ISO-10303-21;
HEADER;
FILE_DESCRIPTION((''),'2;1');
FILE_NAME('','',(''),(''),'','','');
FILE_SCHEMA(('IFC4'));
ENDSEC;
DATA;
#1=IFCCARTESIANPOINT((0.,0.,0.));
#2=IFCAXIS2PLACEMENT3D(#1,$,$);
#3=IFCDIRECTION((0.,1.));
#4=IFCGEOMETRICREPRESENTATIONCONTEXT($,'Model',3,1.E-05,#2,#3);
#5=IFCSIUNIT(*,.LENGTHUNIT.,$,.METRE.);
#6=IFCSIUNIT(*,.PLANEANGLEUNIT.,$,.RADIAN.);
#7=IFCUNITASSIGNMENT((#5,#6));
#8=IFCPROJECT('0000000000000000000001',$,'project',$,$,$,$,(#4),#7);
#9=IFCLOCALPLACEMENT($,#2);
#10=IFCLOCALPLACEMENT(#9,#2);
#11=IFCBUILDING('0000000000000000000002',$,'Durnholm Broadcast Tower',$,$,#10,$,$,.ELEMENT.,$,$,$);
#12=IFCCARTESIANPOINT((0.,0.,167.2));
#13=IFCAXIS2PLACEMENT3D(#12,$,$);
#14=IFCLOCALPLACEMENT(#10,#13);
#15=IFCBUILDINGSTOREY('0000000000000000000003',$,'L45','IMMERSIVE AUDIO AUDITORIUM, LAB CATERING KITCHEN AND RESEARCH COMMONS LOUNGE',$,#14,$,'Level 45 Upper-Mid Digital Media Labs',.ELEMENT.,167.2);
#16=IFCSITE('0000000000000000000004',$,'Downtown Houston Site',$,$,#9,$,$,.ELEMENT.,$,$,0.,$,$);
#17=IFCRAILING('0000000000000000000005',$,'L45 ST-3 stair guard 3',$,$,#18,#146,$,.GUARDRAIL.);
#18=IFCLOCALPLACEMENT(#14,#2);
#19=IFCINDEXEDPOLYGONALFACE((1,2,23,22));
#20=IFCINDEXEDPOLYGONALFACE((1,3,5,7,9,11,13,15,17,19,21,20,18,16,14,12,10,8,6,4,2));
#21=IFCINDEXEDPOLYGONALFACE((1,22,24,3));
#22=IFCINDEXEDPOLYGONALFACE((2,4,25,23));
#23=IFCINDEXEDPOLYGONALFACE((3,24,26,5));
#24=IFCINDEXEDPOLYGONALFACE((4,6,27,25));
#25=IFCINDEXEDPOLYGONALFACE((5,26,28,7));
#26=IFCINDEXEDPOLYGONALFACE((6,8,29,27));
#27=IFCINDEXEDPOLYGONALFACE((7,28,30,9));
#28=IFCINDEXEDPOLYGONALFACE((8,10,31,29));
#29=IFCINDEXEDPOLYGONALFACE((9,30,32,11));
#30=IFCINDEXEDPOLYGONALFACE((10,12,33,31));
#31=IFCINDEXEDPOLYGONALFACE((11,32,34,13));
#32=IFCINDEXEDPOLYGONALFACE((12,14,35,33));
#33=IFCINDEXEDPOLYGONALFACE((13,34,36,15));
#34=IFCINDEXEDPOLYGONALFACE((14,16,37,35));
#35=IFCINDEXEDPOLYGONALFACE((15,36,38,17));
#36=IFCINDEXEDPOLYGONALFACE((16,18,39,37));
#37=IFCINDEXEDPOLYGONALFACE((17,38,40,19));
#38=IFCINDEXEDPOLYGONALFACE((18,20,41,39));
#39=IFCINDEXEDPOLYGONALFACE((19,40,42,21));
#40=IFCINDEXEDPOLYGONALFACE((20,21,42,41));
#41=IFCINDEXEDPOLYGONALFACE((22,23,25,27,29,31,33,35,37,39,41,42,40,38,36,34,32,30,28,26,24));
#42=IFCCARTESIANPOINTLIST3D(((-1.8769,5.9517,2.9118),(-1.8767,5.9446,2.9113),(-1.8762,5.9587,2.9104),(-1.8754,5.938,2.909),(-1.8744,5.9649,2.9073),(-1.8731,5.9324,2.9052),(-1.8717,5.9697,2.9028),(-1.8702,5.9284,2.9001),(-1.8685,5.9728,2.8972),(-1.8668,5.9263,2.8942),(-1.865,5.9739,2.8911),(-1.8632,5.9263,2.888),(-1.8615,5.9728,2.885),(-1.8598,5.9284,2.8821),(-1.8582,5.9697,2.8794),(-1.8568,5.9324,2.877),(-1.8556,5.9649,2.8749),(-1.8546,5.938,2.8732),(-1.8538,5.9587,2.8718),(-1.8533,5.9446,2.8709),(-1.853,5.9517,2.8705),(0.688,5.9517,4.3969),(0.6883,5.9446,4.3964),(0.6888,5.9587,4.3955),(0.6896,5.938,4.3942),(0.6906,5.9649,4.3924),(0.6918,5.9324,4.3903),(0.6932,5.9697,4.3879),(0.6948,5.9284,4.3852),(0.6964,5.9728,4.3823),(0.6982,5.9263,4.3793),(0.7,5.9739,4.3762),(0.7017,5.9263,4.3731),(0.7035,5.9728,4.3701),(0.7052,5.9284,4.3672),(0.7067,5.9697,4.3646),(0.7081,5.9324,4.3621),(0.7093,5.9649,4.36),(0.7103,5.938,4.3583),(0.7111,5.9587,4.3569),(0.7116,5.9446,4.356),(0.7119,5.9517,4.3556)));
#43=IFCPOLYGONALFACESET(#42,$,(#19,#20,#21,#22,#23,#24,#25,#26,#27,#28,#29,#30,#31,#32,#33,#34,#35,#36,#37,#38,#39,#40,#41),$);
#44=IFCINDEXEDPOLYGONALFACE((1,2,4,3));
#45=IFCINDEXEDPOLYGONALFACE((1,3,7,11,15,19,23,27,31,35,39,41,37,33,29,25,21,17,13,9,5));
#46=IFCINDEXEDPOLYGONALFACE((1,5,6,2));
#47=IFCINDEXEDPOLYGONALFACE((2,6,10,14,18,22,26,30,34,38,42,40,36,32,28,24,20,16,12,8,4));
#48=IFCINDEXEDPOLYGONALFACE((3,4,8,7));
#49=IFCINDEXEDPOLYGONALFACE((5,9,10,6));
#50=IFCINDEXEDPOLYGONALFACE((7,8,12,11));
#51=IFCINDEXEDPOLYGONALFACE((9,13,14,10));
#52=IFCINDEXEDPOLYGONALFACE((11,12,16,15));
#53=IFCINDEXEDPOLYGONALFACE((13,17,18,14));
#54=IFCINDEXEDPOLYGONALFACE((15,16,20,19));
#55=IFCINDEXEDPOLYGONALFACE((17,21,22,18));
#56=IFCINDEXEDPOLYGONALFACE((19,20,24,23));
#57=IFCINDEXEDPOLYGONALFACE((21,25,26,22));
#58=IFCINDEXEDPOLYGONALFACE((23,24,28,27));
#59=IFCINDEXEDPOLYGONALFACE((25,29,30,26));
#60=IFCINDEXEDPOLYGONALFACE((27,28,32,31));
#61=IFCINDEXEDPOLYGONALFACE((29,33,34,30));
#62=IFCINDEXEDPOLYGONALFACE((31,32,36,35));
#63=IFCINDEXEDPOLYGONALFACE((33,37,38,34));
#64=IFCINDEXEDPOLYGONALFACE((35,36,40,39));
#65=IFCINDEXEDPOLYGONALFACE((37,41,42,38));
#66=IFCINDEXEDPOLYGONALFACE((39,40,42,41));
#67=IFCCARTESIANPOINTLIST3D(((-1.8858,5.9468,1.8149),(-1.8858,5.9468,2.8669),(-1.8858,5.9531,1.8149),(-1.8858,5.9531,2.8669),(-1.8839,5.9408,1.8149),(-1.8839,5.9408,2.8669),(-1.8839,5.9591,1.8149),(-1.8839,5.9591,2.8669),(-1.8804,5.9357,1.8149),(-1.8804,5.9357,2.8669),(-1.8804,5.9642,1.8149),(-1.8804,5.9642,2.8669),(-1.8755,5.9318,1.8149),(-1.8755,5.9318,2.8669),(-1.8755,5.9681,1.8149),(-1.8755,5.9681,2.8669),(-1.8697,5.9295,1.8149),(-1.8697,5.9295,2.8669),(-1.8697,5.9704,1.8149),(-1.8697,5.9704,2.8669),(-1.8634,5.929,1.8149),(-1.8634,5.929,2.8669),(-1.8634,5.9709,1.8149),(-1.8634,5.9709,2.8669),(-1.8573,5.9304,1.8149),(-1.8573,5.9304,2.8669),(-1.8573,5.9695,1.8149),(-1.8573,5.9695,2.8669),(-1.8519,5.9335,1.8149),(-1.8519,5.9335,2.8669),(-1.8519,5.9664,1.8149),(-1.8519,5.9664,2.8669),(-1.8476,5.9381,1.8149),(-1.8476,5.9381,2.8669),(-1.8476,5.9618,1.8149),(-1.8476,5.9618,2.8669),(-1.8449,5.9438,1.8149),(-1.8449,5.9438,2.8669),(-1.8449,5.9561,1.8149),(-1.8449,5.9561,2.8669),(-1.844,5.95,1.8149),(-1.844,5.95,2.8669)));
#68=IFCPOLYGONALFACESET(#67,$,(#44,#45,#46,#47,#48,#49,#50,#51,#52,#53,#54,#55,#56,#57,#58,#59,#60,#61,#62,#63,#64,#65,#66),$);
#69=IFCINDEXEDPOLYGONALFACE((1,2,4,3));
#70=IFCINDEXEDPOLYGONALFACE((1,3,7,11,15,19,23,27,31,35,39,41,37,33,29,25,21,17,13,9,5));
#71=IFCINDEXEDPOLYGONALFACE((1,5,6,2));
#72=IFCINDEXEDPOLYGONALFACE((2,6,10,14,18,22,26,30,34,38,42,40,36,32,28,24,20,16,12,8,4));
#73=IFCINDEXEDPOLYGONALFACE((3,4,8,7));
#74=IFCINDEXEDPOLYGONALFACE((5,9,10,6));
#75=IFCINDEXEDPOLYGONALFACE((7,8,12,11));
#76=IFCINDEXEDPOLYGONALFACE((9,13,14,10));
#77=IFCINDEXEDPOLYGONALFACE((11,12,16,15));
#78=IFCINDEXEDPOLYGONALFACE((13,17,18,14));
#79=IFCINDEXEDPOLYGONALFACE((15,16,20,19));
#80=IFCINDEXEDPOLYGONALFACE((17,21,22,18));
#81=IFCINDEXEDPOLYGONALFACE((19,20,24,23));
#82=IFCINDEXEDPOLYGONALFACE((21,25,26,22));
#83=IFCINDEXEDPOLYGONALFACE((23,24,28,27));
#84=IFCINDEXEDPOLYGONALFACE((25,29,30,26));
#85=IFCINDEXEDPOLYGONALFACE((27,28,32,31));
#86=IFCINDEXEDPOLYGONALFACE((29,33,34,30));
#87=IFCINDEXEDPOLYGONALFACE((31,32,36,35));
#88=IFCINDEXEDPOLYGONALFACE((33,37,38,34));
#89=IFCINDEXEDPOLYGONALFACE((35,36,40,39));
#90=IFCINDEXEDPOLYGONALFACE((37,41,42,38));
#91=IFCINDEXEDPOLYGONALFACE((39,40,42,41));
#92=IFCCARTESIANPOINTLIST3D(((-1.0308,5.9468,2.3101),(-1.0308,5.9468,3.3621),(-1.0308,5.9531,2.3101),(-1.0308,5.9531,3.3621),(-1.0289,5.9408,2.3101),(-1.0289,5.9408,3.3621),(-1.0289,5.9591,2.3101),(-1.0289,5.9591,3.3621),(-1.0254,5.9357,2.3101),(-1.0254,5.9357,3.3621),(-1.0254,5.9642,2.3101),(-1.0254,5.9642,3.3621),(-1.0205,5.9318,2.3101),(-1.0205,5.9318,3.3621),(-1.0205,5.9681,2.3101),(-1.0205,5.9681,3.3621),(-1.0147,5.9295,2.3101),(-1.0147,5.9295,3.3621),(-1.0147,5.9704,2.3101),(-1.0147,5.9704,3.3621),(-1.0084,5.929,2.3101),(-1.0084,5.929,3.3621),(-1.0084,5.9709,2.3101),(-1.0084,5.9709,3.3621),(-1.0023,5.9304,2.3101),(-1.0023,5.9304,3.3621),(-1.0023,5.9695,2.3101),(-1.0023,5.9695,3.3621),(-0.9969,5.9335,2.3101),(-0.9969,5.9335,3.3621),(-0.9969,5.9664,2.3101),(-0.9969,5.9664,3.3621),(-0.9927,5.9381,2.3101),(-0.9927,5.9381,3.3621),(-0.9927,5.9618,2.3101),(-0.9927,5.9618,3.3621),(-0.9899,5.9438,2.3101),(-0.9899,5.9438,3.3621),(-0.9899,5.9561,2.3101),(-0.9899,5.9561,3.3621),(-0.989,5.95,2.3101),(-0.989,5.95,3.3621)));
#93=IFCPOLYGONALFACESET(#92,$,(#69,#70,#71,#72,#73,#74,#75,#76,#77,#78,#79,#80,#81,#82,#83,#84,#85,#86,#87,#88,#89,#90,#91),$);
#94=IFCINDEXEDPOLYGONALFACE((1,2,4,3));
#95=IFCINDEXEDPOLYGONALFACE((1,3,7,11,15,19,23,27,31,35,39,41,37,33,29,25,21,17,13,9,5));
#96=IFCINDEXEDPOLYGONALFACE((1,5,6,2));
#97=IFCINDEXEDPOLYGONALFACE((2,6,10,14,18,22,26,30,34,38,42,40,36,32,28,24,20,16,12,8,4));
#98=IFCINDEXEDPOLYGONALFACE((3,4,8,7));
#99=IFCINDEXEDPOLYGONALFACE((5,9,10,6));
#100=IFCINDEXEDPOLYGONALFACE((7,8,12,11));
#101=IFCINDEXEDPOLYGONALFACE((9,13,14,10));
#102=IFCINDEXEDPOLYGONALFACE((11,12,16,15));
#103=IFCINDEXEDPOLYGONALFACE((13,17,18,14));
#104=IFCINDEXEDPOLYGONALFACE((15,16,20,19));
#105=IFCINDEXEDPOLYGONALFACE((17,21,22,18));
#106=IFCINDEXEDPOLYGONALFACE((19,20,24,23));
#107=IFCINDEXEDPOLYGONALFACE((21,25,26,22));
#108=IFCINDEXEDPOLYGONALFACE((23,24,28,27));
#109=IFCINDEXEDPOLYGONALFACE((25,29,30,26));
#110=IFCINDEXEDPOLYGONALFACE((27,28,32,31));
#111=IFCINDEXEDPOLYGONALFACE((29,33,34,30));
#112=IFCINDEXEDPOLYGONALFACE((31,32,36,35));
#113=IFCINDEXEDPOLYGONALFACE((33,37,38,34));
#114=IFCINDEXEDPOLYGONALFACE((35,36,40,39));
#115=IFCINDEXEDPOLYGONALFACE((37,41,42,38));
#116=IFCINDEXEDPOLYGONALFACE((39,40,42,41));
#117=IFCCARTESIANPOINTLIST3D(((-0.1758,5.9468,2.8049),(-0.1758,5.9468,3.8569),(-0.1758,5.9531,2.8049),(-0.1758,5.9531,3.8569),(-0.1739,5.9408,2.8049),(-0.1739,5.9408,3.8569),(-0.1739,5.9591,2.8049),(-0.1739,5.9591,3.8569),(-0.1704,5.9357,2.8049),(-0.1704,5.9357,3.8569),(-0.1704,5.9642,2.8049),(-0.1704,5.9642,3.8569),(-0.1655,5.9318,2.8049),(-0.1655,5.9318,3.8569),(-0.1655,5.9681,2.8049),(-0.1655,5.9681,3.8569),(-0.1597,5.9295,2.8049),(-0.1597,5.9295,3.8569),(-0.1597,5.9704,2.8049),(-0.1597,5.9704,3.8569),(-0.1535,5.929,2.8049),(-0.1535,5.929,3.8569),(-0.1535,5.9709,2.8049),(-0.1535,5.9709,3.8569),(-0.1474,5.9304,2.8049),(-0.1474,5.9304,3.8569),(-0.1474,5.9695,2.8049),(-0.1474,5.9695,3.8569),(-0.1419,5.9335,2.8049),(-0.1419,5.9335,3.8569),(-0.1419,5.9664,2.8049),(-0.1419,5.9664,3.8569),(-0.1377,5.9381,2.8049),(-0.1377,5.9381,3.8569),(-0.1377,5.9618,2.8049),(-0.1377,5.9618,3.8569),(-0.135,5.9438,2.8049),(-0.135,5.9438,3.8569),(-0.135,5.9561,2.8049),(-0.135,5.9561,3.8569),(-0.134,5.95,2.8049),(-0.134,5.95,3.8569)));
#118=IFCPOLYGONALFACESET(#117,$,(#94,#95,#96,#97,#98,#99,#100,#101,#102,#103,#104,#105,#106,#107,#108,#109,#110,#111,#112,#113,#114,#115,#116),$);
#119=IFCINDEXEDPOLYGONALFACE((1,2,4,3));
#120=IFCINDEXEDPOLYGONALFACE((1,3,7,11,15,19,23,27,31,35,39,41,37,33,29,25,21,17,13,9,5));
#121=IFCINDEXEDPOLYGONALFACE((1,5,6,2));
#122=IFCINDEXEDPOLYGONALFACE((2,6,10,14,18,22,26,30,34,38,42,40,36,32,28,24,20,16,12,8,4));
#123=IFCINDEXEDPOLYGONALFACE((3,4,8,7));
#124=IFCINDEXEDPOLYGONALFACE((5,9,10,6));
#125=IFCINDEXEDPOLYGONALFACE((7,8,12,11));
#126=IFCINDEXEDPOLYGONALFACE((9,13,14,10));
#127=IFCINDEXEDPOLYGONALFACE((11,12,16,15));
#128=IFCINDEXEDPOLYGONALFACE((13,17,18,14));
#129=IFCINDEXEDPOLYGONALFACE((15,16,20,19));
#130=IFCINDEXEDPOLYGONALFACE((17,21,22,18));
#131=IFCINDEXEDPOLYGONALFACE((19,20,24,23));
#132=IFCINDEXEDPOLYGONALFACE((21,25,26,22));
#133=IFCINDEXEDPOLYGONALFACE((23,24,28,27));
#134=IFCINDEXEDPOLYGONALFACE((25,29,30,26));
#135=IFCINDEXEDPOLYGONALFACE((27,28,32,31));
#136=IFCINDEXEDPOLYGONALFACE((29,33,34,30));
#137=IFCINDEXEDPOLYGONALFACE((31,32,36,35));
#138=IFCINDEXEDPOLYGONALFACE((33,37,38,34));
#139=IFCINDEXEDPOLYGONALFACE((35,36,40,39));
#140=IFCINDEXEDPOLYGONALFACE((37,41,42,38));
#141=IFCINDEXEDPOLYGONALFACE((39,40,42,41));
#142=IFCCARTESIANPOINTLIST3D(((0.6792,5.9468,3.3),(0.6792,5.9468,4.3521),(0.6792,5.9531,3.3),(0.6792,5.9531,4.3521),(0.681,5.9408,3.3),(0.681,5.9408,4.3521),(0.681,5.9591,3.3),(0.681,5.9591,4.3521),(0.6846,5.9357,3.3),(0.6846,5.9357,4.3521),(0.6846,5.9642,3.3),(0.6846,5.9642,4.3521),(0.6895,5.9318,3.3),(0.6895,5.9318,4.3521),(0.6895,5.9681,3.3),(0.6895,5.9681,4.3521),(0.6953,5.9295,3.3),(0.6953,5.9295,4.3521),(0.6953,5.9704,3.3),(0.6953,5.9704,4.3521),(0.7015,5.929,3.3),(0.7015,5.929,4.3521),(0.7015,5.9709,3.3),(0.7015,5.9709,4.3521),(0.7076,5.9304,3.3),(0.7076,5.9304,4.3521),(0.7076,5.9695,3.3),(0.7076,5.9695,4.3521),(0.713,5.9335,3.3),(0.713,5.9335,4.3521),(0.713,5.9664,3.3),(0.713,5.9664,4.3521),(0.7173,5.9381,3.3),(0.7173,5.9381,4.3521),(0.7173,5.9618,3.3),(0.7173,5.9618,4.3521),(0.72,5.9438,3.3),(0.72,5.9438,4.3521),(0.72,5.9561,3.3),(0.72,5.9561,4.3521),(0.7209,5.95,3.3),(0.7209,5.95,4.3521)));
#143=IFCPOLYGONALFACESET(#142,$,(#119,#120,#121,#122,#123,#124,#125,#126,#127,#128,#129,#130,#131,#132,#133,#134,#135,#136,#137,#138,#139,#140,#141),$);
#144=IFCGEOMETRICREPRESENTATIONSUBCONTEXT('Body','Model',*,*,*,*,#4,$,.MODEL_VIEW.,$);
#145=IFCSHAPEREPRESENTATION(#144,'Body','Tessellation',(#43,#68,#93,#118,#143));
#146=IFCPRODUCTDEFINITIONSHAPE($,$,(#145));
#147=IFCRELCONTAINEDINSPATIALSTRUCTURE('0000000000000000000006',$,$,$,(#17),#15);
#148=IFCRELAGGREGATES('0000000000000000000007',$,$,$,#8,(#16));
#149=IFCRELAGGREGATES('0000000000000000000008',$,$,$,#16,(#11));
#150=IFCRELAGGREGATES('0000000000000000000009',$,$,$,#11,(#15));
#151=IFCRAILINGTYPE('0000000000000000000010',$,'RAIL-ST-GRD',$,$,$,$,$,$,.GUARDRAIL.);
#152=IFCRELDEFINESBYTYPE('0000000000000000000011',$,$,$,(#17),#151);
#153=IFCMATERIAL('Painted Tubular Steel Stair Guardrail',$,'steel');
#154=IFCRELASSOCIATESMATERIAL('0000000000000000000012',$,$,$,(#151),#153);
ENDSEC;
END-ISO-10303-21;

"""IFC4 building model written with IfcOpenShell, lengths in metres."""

from ifc_helpers import new_model, si_unit, direction, frame, origin, origin_2d, place, context, subcontext, project, spatial, circle, extrude, material, type_object, element, save


model = new_model("IFC4")

# Units and contexts
model_context = context("Model", 3, precision=1e-05, world=origin(), true_north=direction((0.0, 1.0)))
body_context = subcontext(model_context, "Body", "Model", "MODEL_VIEW")
ifc_project = project(units=[si_unit("LENGTHUNIT", "METRE"), si_unit("PLANEANGLEUNIT", "RADIAN")], contexts=[model_context])

# Site, building, storey
site_placement = place(None, origin())
site = spatial("IfcSite", under=ifc_project, at=site_placement, Name="Downtown Houston Site", CompositionType="ELEMENT", RefElevation=0.0)
building_placement = place(site_placement, origin())
building = spatial("IfcBuilding", under=site, at=building_placement, Name="Durnholm Broadcast Tower", CompositionType="ELEMENT")
storey_placement = place(building_placement, frame((0.0, 0.0, 167.2)))
storey = spatial("IfcBuildingStorey", under=building, at=storey_placement, Name="L45", Description="IMMERSIVE AUDIO AUDITORIUM, LAB CATERING KITCHEN AND RESEARCH COMMONS LOUNGE", LongName="Level 45 Upper-Mid Digital Media Labs", CompositionType="ELEMENT", Elevation=167.2)

# Railing
ifc_material_1 = material(Name="Painted Tubular Steel Stair Guardrail", Category="steel")
railing_type_1 = type_object("IfcRailingType", Name="RAIL-ST-GRD", PredefinedType="GUARDRAIL", material=ifc_material_1)
railing_1_placement = place(storey_placement, frame((-1.865, 5.95, 1.8149)))
element("IfcRailing", 1, at=railing_1_placement, inside=storey, type_object=railing_type_1, Name="L45 ST-3 stair guard 3", PredefinedType="GUARDRAIL", context=body_context, shape_type="SweptSolid", body=[
    extrude(circle(Radius=0.0239, at=origin_2d()), frame((0.0, 0.0, 1.0762), z_axis=(0.865406, 0.0, 0.501072), x_axis=(0.0, 1.0, 0.0)), (0.0, 0.0, 1.0), 2.9639),
    extrude(circle(Radius=0.021, at=origin_2d()), origin(), (0.0, 0.0, 1.0), 1.052),
    extrude(circle(Radius=0.021, at=origin_2d()), frame((0.855, 0.0, 0.4951)), (0.0, 0.0, 1.0), 1.052),
    extrude(circle(Radius=0.021, at=origin_2d()), frame((1.71, 0.0, 0.99)), (0.0, 0.0, 1.0), 1.052),
    extrude(circle(Radius=0.021, at=origin_2d()), frame((2.5649, 0.0, 1.4851)), (0.0, 0.0, 1.0), 1.052),
])

save(model, "model.ifc")
